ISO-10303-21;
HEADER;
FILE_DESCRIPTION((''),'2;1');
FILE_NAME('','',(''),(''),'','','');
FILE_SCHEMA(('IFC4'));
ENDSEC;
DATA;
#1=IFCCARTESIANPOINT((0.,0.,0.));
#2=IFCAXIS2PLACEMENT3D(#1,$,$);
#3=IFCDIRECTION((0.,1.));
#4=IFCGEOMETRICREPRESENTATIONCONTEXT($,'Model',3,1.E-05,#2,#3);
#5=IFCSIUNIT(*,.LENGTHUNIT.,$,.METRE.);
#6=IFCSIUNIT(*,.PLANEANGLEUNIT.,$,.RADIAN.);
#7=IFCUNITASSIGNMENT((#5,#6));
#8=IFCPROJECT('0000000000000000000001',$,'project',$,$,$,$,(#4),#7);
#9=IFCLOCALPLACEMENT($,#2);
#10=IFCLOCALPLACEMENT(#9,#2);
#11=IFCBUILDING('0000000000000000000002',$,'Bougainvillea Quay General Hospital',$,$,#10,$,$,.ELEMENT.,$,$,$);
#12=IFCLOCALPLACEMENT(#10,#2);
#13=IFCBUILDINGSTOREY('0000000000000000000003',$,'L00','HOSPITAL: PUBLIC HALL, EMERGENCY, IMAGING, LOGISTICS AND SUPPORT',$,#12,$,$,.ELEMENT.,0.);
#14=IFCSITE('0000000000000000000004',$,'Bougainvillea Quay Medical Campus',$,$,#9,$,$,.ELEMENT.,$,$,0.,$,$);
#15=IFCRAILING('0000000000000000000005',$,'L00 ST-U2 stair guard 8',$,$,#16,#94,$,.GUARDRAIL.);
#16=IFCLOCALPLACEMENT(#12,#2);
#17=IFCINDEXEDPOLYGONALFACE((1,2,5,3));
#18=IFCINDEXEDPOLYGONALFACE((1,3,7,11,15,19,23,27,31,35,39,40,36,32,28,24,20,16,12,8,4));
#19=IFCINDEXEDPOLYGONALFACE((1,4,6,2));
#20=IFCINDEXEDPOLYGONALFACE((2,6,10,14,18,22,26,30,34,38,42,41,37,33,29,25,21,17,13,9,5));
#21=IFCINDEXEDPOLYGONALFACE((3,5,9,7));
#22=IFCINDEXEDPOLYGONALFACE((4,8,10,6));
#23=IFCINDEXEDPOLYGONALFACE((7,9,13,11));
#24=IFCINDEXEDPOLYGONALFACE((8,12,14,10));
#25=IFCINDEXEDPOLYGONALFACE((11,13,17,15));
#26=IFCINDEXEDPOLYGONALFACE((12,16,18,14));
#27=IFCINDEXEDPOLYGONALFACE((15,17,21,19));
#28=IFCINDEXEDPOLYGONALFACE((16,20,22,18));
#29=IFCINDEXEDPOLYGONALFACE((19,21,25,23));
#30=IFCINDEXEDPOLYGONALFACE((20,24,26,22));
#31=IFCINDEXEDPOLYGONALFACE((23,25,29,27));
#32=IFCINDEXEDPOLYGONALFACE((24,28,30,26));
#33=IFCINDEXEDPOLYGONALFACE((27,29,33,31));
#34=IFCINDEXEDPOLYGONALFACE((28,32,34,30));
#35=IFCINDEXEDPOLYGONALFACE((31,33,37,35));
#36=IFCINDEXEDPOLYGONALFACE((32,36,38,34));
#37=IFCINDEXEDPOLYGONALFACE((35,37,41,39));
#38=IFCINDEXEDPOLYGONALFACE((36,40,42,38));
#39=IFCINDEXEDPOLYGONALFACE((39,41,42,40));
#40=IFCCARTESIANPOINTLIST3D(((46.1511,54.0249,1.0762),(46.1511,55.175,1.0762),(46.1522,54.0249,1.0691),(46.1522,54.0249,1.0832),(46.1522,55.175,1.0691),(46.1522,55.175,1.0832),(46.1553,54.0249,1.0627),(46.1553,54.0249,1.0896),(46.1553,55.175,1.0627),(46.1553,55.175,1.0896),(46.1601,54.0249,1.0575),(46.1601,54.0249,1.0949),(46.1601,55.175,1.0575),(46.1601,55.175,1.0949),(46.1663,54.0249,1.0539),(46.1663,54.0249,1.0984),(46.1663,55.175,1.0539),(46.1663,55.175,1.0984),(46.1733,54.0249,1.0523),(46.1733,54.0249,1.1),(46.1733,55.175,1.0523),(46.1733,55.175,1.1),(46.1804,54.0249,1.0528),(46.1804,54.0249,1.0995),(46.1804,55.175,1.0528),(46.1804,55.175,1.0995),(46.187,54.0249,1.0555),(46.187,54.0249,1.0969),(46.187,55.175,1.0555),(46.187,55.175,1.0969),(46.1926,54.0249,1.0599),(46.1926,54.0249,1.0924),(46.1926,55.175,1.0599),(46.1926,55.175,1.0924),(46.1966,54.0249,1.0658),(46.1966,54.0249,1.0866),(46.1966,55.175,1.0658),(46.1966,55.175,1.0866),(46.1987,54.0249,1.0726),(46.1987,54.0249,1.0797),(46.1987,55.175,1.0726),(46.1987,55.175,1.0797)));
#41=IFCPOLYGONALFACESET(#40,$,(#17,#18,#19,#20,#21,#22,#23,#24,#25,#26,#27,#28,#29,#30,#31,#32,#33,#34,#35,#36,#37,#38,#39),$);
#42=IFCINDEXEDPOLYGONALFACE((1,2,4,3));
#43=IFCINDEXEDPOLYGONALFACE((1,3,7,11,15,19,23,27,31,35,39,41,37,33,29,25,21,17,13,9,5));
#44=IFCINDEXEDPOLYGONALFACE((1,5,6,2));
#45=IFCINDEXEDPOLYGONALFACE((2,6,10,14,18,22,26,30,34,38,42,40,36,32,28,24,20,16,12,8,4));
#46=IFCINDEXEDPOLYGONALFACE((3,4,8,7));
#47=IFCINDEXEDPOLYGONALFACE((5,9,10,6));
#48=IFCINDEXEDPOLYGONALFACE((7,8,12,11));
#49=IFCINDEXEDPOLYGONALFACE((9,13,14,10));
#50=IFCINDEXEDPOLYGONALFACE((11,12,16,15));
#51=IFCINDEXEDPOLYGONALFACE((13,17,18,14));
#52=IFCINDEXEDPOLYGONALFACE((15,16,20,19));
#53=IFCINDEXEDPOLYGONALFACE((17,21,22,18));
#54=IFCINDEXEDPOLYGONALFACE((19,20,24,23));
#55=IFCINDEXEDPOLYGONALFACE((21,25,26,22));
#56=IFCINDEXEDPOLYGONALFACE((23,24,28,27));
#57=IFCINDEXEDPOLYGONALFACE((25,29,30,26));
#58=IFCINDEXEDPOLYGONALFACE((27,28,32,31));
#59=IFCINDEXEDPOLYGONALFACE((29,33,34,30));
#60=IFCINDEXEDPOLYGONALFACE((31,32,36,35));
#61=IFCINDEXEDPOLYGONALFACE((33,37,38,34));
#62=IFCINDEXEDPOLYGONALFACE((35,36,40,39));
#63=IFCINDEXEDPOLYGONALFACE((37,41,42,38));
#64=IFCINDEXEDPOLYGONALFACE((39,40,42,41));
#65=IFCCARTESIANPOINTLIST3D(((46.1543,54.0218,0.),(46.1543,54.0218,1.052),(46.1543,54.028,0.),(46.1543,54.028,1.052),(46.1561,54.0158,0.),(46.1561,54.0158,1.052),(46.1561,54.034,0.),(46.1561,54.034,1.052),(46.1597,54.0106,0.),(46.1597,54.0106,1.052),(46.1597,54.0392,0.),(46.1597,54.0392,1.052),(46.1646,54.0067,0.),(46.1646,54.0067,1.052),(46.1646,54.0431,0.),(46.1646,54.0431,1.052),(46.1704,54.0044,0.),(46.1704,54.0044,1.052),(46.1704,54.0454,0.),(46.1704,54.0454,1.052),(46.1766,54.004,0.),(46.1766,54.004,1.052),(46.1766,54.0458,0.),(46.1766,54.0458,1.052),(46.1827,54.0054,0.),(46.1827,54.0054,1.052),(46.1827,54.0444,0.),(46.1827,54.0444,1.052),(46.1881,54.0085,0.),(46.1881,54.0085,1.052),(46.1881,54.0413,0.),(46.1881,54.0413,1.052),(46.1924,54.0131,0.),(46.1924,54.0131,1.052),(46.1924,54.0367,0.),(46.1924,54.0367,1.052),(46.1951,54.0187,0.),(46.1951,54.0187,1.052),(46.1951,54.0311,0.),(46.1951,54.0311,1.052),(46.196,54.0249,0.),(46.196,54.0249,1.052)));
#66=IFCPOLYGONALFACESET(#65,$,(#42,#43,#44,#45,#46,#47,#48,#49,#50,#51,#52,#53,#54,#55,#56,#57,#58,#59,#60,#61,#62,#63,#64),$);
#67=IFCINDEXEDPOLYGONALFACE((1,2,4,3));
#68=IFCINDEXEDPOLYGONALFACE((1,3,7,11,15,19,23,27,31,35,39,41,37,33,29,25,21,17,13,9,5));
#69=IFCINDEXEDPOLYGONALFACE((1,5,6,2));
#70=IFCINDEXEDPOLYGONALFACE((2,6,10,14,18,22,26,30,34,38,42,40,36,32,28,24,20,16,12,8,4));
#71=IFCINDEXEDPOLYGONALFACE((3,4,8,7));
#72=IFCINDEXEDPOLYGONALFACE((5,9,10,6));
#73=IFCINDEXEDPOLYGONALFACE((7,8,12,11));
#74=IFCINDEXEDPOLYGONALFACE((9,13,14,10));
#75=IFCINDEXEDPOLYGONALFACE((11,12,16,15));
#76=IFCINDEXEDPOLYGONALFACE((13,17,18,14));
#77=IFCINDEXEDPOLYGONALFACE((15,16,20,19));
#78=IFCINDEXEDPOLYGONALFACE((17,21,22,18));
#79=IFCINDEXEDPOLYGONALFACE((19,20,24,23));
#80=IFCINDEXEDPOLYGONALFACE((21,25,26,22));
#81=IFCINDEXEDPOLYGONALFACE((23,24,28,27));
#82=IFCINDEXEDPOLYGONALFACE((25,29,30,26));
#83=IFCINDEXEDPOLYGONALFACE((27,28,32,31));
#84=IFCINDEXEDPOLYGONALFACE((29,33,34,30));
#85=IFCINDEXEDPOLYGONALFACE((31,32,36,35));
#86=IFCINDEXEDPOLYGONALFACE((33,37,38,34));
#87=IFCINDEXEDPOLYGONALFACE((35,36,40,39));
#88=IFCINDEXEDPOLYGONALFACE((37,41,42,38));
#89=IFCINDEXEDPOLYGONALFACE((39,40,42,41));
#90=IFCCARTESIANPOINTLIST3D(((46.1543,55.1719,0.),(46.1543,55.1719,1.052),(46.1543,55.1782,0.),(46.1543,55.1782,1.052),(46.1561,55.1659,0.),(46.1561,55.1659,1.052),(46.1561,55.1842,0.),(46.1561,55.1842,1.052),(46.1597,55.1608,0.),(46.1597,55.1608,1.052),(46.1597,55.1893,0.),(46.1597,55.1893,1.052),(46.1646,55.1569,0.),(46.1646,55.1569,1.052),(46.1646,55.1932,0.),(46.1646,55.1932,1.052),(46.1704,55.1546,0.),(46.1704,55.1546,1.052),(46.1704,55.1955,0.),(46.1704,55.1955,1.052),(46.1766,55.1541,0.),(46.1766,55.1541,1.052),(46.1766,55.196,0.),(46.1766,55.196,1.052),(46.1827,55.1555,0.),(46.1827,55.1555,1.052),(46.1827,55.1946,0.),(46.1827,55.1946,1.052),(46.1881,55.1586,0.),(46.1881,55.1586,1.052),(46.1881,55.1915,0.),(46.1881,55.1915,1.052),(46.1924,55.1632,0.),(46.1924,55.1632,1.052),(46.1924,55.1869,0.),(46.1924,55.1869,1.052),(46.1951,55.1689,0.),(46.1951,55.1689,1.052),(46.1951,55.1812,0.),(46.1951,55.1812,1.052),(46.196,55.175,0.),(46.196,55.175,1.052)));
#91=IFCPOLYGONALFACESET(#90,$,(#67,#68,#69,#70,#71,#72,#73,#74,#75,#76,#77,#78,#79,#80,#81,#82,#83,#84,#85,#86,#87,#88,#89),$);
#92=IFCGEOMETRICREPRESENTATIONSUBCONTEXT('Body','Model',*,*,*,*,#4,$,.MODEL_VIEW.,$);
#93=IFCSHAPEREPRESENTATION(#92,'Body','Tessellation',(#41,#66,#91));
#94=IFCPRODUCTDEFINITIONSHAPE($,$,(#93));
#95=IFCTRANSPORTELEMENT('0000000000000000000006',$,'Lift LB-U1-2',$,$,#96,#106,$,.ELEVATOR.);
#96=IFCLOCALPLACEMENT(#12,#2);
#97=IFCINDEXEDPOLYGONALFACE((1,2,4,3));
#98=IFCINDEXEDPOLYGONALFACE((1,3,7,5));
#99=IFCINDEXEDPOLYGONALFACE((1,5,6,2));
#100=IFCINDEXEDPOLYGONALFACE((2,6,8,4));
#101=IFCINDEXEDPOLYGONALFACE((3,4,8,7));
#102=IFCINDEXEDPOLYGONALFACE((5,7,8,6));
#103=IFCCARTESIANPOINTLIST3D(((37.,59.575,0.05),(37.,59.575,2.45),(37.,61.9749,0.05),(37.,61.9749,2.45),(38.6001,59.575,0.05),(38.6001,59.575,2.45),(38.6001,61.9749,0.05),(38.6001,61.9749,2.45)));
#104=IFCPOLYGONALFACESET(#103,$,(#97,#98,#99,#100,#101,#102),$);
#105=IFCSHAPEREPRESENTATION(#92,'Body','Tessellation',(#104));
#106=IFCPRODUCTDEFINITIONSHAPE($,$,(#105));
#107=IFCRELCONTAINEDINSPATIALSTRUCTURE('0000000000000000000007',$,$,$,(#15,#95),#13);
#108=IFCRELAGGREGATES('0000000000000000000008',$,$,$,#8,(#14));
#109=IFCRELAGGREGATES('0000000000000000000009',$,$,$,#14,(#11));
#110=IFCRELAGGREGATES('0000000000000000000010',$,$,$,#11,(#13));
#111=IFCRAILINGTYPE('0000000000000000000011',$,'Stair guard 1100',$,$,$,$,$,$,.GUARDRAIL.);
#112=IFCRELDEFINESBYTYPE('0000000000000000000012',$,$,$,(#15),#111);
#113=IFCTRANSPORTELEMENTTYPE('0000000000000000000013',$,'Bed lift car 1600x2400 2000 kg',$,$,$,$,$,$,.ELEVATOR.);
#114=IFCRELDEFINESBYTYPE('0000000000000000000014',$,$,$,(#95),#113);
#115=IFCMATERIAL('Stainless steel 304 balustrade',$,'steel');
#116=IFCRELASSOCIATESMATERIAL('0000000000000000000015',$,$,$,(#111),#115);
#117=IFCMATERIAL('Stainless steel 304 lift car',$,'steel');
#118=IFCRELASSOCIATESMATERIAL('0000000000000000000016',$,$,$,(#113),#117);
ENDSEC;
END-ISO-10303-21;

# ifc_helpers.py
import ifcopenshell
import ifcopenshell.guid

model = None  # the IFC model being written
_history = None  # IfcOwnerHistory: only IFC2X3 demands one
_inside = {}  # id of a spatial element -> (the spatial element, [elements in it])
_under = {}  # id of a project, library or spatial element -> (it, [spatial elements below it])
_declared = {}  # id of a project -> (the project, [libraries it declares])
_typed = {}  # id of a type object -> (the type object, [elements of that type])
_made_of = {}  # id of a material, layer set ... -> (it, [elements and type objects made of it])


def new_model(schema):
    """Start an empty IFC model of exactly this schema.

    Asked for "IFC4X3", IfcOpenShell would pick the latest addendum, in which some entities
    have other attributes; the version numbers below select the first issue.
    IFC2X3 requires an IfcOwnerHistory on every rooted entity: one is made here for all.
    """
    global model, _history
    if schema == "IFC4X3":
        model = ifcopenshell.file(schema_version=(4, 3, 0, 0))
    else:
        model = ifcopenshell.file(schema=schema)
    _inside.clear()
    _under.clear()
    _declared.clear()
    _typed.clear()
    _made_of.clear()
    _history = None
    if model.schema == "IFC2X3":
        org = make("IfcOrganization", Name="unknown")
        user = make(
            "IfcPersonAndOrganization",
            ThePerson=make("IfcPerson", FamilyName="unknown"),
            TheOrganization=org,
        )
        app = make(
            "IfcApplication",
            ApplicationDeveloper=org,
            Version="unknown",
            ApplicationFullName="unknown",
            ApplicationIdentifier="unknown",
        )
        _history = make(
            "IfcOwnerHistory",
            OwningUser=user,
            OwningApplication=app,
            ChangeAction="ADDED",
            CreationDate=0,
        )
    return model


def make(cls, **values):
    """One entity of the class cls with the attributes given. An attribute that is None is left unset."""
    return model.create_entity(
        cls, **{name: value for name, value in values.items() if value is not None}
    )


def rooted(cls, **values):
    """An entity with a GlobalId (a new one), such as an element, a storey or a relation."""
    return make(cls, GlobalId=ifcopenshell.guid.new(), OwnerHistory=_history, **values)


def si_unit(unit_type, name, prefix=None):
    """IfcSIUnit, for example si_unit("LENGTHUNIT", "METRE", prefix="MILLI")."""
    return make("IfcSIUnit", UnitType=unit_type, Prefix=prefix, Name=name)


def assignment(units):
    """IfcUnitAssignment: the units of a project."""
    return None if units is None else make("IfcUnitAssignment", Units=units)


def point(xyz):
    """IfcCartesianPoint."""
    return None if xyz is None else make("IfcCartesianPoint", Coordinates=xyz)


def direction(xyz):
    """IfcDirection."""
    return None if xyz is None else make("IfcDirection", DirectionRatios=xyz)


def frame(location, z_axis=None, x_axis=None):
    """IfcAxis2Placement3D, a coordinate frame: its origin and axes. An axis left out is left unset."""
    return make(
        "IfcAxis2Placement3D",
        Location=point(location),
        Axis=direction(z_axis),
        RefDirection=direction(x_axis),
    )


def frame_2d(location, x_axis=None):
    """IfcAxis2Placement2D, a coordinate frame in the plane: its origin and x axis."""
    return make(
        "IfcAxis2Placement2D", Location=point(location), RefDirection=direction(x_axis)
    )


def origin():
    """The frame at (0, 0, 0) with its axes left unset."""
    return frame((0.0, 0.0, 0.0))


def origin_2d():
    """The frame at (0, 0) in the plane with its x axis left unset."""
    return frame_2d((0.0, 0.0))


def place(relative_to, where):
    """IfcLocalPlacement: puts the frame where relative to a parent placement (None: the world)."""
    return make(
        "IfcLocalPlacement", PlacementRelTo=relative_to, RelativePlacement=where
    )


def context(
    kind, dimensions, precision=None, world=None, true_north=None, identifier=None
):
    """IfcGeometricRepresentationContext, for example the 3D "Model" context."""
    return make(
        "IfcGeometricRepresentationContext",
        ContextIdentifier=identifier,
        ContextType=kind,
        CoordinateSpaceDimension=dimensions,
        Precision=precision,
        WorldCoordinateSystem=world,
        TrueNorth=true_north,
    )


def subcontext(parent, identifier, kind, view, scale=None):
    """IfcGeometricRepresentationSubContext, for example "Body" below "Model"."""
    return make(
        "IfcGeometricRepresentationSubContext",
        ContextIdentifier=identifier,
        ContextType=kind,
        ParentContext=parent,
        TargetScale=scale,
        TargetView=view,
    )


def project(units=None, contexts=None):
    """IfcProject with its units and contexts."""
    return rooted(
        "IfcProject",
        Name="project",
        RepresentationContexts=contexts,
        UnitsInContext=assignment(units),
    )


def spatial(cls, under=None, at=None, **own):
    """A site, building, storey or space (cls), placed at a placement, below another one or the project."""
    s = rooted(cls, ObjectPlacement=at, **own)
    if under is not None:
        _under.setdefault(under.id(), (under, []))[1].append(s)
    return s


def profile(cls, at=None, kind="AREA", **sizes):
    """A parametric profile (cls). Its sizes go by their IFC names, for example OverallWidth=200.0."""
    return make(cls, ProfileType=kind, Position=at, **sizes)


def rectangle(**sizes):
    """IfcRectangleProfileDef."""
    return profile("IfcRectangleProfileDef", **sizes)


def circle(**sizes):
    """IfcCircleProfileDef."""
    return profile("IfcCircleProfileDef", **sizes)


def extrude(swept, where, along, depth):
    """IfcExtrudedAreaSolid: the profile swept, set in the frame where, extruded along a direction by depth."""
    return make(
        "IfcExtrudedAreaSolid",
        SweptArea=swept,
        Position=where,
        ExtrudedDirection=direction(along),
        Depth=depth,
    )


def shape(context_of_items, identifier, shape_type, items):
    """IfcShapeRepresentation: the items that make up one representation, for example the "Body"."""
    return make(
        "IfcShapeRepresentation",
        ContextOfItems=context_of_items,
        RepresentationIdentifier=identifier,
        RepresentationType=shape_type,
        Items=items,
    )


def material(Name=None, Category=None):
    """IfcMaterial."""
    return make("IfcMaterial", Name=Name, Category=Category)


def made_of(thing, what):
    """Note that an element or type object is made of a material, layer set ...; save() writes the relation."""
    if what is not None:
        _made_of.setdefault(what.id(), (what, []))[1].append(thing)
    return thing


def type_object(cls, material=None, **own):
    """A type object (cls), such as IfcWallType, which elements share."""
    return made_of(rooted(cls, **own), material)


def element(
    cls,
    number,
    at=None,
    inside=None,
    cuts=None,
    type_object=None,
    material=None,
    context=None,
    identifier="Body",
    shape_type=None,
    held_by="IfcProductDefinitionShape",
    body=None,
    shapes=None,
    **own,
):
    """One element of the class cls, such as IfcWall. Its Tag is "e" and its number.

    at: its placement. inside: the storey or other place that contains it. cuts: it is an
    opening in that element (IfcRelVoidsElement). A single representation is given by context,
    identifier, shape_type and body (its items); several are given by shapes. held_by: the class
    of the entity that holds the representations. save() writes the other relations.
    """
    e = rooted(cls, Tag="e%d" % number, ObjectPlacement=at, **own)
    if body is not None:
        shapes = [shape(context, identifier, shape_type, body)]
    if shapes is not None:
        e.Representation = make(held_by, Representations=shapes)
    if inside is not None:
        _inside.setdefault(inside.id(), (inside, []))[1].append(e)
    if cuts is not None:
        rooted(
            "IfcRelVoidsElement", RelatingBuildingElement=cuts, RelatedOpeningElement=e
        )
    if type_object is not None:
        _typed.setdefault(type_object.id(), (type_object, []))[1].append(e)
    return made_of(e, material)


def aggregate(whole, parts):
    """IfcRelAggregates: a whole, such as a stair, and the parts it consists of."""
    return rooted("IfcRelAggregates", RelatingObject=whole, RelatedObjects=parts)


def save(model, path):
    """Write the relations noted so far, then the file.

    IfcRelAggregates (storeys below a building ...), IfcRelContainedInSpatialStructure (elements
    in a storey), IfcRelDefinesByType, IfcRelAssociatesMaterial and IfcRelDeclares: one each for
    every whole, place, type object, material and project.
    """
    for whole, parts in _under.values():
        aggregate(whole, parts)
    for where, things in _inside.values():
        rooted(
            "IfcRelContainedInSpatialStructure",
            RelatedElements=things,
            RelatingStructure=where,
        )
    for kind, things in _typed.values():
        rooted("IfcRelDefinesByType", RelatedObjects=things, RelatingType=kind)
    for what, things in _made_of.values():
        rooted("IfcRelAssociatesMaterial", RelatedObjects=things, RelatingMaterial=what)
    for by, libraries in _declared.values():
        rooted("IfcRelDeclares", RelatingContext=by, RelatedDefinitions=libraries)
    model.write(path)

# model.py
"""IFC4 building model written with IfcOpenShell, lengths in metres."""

from ifc_helpers import new_model, si_unit, direction, frame, origin, origin_2d, place, context, subcontext, project, spatial, rectangle, circle, extrude, material, type_object, element, save


model = new_model("IFC4")

# Units and contexts
model_context = context("Model", 3, precision=1e-05, world=origin(), true_north=direction((0.0, 1.0)))
body_context = subcontext(model_context, "Body", "Model", "MODEL_VIEW")
ifc_project = project(units=[si_unit("LENGTHUNIT", "METRE"), si_unit("PLANEANGLEUNIT", "RADIAN")], contexts=[model_context])

# Site, building, storey
site_placement = place(None, origin())
site = spatial("IfcSite", under=ifc_project, at=site_placement, Name="Bougainvillea Quay Medical Campus", CompositionType="ELEMENT", RefElevation=0.0)
building_placement = place(site_placement, origin())
building = spatial("IfcBuilding", under=site, at=building_placement, Name="Bougainvillea Quay General Hospital", CompositionType="ELEMENT")
storey_placement = place(building_placement, origin())
storey = spatial("IfcBuildingStorey", under=building, at=storey_placement, Name="L00", Description="HOSPITAL: PUBLIC HALL, EMERGENCY, IMAGING, LOGISTICS AND SUPPORT", CompositionType="ELEMENT", Elevation=0.0)

# Railing
ifc_material_1 = material(Name="Stainless steel 304 balustrade", Category="steel")
railing_type = type_object("IfcRailingType", Name="Stair guard 1100", PredefinedType="GUARDRAIL", material=ifc_material_1)
railing_1_placement = place(storey_placement, frame((46.175, 54.0249, 0.0)))
element("IfcRailing", 1, at=railing_1_placement, inside=storey, type_object=railing_type, Name="L00 ST-U2 stair guard 8", PredefinedType="GUARDRAIL", context=body_context, shape_type="SweptSolid", body=[
    extrude(circle(Radius=0.0239, at=origin_2d()), frame((0.0, 0.0, 1.0762), z_axis=(0.0, 1.0, 0.0), x_axis=(-1.0, 0.0, 0.0)), (0.0, 0.0, 1.0), 1.1501),
    extrude(circle(Radius=0.021, at=origin_2d()), origin(), (0.0, 0.0, 1.0), 1.052),
    extrude(circle(Radius=0.021, at=origin_2d()), frame((0.0, 1.1501, 0.0)), (0.0, 0.0, 1.0), 1.052),
])

# Transport element
ifc_material_2 = material(Name="Stainless steel 304 lift car", Category="steel")
transport_element_type = type_object("IfcTransportElementType", Name="Bed lift car 1600x2400 2000 kg", PredefinedType="ELEVATOR", material=ifc_material_2)
transport_element_placement = place(storey_placement, frame((37.8, 60.7749, 0.05), z_axis=(0.0, 0.0, 1.0), x_axis=(1.0, 0.0, 0.0)))
element("IfcTransportElement", 2, at=transport_element_placement, inside=storey, type_object=transport_element_type, Name="Lift LB-U1-2", PredefinedType="ELEVATOR", context=body_context, shape_type="SweptSolid", body=[
    extrude(rectangle(XDim=1.6001, YDim=2.3999, at=origin_2d()), origin(), (0.0, 0.0, 1.0), 2.3999),
])

save(model, "model.ifc")
